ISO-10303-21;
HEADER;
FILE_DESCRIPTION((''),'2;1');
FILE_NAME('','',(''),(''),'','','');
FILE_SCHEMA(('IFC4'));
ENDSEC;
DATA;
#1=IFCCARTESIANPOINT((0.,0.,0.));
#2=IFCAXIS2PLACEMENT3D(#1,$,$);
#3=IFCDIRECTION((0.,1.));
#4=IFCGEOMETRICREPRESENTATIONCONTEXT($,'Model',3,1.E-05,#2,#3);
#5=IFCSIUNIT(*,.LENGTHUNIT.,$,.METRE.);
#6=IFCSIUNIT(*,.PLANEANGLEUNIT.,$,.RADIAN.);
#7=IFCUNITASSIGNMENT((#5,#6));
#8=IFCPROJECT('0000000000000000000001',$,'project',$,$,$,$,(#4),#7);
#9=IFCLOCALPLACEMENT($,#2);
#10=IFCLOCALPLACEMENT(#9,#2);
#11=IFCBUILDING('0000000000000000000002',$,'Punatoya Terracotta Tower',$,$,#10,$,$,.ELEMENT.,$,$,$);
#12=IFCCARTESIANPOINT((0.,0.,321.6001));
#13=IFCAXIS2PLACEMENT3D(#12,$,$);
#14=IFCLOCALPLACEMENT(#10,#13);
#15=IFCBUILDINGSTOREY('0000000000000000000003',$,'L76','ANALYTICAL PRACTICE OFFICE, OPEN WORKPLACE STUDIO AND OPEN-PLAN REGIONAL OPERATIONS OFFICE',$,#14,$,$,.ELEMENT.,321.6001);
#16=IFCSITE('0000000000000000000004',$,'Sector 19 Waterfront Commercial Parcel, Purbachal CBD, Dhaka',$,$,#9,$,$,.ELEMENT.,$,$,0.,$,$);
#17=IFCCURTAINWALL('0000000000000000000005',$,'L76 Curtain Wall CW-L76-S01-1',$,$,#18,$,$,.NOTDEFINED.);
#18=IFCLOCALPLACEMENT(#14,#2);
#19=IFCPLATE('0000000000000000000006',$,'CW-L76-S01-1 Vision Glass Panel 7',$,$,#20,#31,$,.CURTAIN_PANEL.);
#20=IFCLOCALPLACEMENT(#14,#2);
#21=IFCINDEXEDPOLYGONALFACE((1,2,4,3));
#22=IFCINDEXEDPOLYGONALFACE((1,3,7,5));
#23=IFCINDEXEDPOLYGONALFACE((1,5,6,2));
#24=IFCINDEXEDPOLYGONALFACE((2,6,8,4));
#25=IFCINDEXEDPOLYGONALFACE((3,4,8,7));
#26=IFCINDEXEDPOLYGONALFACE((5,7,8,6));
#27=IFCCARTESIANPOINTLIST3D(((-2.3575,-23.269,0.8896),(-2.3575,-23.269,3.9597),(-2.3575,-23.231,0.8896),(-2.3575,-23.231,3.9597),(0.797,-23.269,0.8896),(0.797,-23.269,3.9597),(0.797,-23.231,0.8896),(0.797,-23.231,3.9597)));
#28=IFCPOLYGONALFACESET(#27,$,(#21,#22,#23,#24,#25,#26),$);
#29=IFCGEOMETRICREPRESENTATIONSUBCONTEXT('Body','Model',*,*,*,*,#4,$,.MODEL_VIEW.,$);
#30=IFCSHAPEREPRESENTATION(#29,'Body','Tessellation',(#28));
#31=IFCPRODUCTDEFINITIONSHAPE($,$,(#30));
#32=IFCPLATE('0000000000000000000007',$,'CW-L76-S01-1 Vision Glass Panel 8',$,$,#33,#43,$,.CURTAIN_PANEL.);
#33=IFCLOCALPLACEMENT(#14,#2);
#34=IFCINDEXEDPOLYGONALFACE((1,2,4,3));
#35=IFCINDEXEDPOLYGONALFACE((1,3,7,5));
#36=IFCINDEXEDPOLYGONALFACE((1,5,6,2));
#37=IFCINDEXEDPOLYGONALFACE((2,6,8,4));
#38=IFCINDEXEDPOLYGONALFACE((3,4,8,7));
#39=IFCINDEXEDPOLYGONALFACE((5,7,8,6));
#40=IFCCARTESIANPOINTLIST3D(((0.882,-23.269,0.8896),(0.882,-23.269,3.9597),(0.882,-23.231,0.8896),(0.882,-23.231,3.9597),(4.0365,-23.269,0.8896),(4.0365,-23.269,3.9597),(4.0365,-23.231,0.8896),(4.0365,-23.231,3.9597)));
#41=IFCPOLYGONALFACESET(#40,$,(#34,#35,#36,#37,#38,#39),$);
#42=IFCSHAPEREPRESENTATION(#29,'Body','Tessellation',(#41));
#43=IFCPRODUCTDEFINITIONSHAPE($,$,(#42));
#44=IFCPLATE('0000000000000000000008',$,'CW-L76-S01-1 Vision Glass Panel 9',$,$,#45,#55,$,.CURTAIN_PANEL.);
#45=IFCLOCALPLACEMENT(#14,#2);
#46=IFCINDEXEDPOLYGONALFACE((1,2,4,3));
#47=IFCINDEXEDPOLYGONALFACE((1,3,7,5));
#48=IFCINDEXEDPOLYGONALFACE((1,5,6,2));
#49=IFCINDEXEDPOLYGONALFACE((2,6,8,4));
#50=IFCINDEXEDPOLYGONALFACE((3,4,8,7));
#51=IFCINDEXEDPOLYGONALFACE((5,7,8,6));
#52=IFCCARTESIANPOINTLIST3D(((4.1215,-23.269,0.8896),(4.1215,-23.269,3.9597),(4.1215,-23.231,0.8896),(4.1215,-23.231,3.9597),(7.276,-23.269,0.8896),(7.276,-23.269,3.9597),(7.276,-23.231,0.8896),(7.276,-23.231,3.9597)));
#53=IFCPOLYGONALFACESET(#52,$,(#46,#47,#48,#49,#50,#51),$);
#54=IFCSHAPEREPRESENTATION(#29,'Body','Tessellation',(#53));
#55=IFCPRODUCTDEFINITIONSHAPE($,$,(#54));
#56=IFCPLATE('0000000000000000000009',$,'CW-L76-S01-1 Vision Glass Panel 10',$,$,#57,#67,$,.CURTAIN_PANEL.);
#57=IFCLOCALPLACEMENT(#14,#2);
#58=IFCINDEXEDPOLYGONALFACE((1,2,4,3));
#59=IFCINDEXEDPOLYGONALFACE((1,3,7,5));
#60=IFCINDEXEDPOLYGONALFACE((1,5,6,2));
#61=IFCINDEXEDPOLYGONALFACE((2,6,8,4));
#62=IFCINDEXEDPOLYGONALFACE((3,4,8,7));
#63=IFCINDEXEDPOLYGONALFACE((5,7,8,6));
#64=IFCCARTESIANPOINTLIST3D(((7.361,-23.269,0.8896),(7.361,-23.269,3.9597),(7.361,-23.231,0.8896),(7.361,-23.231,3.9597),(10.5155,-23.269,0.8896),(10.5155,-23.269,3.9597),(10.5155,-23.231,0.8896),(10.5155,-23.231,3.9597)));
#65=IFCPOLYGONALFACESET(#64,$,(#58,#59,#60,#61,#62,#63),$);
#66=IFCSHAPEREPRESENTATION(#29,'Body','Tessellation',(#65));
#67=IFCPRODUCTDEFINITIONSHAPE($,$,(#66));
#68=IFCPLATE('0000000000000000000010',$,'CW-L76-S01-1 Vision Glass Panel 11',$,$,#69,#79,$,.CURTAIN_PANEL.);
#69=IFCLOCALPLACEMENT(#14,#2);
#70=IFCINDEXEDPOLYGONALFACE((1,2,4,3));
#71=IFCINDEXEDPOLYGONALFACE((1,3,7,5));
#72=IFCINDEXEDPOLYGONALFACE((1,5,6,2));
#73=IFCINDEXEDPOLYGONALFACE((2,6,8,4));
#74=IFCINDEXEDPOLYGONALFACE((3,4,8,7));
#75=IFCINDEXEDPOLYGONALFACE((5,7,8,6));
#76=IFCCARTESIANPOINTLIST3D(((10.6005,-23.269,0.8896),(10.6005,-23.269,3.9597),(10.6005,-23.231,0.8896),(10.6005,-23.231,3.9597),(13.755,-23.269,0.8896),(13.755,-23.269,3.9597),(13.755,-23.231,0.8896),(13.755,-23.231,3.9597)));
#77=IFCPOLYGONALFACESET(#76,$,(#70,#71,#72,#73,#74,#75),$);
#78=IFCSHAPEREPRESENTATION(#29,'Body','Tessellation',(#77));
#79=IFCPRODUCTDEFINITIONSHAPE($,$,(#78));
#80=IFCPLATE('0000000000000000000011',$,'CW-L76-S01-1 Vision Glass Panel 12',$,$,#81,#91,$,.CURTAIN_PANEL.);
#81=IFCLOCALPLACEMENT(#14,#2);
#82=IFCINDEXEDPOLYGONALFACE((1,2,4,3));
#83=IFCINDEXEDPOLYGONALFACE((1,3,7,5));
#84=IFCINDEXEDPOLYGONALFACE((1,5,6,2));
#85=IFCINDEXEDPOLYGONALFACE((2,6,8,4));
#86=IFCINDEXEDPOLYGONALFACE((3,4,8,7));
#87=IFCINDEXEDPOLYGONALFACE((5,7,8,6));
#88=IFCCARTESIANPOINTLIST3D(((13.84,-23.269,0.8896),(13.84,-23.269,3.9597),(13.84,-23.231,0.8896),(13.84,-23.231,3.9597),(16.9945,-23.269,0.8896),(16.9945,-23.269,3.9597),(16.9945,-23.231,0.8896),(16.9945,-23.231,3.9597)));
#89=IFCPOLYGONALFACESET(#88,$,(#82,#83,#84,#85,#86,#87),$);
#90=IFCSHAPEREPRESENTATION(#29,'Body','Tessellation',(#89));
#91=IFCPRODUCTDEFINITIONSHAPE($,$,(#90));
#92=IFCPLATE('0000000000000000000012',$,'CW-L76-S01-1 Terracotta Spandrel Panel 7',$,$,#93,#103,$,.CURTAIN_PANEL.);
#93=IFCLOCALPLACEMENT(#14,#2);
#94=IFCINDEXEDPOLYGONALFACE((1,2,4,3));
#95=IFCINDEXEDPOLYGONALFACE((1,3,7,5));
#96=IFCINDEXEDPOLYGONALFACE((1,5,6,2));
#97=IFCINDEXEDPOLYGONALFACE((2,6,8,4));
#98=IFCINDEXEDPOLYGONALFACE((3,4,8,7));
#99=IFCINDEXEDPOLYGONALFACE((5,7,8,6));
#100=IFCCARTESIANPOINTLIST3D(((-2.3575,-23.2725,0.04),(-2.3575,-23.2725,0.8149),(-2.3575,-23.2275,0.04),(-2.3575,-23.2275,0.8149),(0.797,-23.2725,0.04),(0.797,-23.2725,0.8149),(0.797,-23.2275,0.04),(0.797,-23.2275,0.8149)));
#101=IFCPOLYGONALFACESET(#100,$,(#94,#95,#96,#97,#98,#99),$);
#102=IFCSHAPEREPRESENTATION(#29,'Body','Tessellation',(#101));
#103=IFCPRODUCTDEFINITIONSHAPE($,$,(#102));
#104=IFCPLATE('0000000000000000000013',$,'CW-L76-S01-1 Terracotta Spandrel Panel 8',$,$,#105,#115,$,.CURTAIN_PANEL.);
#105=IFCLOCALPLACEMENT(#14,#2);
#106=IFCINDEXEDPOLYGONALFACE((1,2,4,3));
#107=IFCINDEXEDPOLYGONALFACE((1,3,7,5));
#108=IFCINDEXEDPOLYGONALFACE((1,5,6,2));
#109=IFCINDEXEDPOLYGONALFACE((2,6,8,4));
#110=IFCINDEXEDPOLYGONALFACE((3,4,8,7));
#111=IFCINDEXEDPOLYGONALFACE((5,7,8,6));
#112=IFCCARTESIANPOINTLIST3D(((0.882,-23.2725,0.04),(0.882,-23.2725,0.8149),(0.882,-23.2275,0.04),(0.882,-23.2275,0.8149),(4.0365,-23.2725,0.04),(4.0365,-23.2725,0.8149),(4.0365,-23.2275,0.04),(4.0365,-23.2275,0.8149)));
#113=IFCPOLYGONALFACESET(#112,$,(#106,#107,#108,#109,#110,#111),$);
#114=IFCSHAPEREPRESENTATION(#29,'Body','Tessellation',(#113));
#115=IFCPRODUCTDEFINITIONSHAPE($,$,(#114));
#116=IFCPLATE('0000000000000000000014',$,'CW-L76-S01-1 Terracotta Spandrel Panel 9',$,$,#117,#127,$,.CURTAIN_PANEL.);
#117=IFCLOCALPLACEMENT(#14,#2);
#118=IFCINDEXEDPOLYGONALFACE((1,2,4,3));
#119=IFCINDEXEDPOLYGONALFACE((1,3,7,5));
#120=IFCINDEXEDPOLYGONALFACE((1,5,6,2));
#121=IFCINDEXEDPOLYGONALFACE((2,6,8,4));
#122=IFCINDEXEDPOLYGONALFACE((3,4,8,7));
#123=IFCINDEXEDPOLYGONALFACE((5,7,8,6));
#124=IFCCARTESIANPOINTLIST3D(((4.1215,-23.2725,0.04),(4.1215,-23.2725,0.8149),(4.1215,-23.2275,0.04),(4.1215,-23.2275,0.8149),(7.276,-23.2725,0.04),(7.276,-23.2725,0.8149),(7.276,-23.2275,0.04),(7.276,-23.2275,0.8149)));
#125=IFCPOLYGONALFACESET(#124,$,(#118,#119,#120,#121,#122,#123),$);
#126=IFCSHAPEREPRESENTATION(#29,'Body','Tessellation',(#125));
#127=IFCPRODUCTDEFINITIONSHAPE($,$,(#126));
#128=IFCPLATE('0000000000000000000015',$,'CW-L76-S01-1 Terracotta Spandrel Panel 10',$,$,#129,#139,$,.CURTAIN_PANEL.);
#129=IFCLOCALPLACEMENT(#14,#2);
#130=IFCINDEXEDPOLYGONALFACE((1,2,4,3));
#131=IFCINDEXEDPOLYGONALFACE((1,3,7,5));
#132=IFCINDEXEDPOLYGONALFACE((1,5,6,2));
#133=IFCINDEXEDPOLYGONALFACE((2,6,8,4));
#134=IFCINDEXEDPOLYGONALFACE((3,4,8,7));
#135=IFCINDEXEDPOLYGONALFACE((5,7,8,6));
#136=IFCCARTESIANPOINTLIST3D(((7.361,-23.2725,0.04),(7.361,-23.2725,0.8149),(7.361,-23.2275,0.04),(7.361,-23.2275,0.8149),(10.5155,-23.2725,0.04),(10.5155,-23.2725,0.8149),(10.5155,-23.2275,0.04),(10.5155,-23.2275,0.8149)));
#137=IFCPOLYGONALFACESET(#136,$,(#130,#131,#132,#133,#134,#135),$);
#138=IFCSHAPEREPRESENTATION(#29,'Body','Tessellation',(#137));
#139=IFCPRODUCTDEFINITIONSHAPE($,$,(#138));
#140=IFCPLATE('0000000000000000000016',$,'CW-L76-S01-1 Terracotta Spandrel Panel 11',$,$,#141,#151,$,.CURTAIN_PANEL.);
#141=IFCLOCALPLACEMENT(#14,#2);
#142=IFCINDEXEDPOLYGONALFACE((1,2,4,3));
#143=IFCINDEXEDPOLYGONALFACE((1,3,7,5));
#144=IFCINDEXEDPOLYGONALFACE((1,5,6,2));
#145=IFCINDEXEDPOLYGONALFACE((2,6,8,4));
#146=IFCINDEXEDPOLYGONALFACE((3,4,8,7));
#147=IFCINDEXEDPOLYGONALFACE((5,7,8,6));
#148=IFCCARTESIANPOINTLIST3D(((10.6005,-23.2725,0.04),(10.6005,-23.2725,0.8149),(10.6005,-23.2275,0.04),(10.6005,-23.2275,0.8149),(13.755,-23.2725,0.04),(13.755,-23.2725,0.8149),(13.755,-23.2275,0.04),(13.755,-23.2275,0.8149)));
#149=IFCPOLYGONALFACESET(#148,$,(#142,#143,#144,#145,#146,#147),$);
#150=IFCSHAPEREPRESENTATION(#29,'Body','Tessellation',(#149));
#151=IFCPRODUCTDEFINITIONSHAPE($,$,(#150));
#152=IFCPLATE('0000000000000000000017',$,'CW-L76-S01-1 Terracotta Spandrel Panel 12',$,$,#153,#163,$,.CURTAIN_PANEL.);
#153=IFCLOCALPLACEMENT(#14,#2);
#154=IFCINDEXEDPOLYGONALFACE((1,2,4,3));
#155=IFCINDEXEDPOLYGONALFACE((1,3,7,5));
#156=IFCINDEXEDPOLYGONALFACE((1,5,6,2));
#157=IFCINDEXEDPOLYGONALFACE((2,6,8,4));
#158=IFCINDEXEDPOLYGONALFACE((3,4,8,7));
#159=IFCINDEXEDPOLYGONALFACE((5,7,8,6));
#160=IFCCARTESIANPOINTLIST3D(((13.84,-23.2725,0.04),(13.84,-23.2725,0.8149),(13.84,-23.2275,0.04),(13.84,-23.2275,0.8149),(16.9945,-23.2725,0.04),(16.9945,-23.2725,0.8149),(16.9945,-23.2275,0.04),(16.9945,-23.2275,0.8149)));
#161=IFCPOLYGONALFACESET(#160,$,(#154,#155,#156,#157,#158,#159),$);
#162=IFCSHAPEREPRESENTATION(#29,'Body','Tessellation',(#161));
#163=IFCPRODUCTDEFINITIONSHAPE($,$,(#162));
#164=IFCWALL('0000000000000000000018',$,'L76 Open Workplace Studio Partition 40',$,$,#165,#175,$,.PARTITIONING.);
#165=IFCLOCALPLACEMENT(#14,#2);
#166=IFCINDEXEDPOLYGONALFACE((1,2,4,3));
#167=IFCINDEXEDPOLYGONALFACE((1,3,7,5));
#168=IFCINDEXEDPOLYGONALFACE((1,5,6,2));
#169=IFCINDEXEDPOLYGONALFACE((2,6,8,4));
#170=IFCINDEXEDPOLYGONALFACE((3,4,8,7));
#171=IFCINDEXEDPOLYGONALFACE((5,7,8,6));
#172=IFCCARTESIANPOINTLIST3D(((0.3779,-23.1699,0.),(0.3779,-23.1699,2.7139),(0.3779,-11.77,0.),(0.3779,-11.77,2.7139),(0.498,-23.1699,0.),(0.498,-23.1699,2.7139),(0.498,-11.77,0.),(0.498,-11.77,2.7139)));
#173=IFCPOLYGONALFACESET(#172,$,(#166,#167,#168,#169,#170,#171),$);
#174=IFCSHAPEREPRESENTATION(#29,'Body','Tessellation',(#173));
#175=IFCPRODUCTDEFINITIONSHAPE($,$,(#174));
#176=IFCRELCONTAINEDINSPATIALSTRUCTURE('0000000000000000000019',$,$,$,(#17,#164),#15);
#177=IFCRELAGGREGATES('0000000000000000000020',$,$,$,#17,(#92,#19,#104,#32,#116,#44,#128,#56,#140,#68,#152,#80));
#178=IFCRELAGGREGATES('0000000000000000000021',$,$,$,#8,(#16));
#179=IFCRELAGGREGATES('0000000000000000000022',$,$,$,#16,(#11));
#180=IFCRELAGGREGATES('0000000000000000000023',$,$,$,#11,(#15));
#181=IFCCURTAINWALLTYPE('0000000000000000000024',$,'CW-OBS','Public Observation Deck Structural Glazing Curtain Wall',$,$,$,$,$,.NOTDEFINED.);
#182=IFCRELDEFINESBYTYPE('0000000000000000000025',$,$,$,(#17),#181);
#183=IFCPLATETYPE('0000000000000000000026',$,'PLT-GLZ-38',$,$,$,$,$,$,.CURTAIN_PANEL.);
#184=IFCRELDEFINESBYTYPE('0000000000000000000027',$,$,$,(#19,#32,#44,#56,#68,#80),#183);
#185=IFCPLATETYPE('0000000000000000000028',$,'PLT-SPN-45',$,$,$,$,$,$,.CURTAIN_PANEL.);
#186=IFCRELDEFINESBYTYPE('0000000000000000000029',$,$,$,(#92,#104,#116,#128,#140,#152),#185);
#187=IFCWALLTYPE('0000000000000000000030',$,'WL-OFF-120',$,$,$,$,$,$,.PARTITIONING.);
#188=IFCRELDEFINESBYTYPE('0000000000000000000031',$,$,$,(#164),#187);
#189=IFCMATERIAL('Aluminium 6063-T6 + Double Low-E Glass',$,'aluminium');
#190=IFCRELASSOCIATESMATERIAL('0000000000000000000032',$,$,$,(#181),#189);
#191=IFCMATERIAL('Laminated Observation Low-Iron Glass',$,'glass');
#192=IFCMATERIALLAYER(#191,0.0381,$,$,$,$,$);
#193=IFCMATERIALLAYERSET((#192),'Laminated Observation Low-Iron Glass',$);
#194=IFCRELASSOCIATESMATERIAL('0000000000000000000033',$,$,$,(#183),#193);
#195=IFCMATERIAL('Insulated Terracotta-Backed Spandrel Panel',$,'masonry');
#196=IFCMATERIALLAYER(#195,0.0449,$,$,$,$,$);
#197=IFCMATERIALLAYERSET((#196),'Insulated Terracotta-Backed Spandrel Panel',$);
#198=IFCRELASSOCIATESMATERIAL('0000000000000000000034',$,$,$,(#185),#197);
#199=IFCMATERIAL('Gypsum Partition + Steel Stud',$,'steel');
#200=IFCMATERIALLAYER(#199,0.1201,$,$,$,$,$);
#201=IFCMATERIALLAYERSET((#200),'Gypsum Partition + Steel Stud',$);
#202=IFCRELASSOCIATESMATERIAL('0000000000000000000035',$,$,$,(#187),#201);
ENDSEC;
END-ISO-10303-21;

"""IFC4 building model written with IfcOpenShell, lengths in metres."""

from ifc_helpers import new_model, si_unit, direction, frame, frame_2d, origin, origin_2d, place, context, subcontext, project, spatial, rectangle, extrude, material, layer, layer_set, type_object, element, aggregate, save


model = new_model("IFC4")

# Units and contexts
model_context = context("Model", 3, precision=1e-05, world=origin(), true_north=direction((0.0, 1.0)))
body_context = subcontext(model_context, "Body", "Model", "MODEL_VIEW")
ifc_project = project(units=[si_unit("LENGTHUNIT", "METRE"), si_unit("PLANEANGLEUNIT", "RADIAN")], contexts=[model_context])

# Site, building, storey
site_placement = place(None, origin())
site = spatial("IfcSite", under=ifc_project, at=site_placement, Name="Sector 19 Waterfront Commercial Parcel, Purbachal CBD, Dhaka", CompositionType="ELEMENT", RefElevation=0.0)
building_placement = place(site_placement, origin())
building = spatial("IfcBuilding", under=site, at=building_placement, Name="Punatoya Terracotta Tower", CompositionType="ELEMENT")
storey_placement = place(building_placement, frame((0.0, 0.0, 321.6001)))
storey = spatial("IfcBuildingStorey", under=building, at=storey_placement, Name="L76", Description="ANALYTICAL PRACTICE OFFICE, OPEN WORKPLACE STUDIO AND OPEN-PLAN REGIONAL OPERATIONS OFFICE", CompositionType="ELEMENT", Elevation=321.6001)

# Curtain wall
ifc_material_1 = material(Name="Aluminium 6063-T6 + Double Low-E Glass", Category="aluminium")
curtain_wall_type = type_object("IfcCurtainWallType", Name="CW-OBS", Description="Public Observation Deck Structural Glazing Curtain Wall", PredefinedType="NOTDEFINED", material=ifc_material_1)
curtain_wall_1_placement = place(storey_placement, origin())
curtain_wall_1 = element("IfcCurtainWall", 1, at=curtain_wall_1_placement, inside=storey, type_object=curtain_wall_type, Name="L76 Curtain Wall CW-L76-S01-1", PredefinedType="NOTDEFINED")

# Plates
ifc_material_2 = material(Name="Laminated Observation Low-Iron Glass", Category="glass")
ifc_layer_1 = layer(ifc_material_2, 0.0381)
ifc_layer_set_1 = layer_set([ifc_layer_1], Name="Laminated Observation Low-Iron Glass")
plate_type_1 = type_object("IfcPlateType", Name="PLT-GLZ-38", PredefinedType="CURTAIN_PANEL", material=ifc_layer_set_1)
plate_1_placement = place(storey_placement, frame((-0.7803, -23.25, 0.8896), z_axis=(0.0, 0.0, 1.0), x_axis=(1.0, 0.0, 0.0)))
plate_1 = element("IfcPlate", 2, at=plate_1_placement, type_object=plate_type_1, Name="CW-L76-S01-1 Vision Glass Panel 7", PredefinedType="CURTAIN_PANEL", context=body_context, shape_type="SweptSolid", body=[
    extrude(rectangle(XDim=3.1545, YDim=0.0381, at=origin_2d()), origin(), (0.0, 0.0, 1.0), 3.0701),
])
plate_2_placement = place(storey_placement, frame((2.4592, -23.25, 0.8896), z_axis=(0.0, 0.0, 1.0), x_axis=(1.0, 0.0, 0.0)))
plate_2 = element("IfcPlate", 3, at=plate_2_placement, type_object=plate_type_1, Name="CW-L76-S01-1 Vision Glass Panel 8", PredefinedType="CURTAIN_PANEL", context=body_context, shape_type="SweptSolid", body=[
    extrude(rectangle(XDim=3.1545, YDim=0.0381, at=origin_2d()), origin(), (0.0, 0.0, 1.0), 3.0701),
])
plate_3_placement = place(storey_placement, frame((5.6987, -23.25, 0.8896), z_axis=(0.0, 0.0, 1.0), x_axis=(1.0, 0.0, 0.0)))
plate_3 = element("IfcPlate", 4, at=plate_3_placement, type_object=plate_type_1, Name="CW-L76-S01-1 Vision Glass Panel 9", PredefinedType="CURTAIN_PANEL", context=body_context, shape_type="SweptSolid", body=[
    extrude(rectangle(XDim=3.1545, YDim=0.0381, at=origin_2d()), origin(), (0.0, 0.0, 1.0), 3.0701),
])
plate_4_placement = place(storey_placement, frame((8.9382, -23.25, 0.8896), z_axis=(0.0, 0.0, 1.0), x_axis=(1.0, 0.0, 0.0)))
plate_4 = element("IfcPlate", 5, at=plate_4_placement, type_object=plate_type_1, Name="CW-L76-S01-1 Vision Glass Panel 10", PredefinedType="CURTAIN_PANEL", context=body_context, shape_type="SweptSolid", body=[
    extrude(rectangle(XDim=3.1545, YDim=0.0381, at=origin_2d()), origin(), (0.0, 0.0, 1.0), 3.0701),
])
plate_5_placement = place(storey_placement, frame((12.1777, -23.25, 0.8896), z_axis=(0.0, 0.0, 1.0), x_axis=(1.0, 0.0, 0.0)))
plate_5 = element("IfcPlate", 6, at=plate_5_placement, type_object=plate_type_1, Name="CW-L76-S01-1 Vision Glass Panel 11", PredefinedType="CURTAIN_PANEL", context=body_context, shape_type="SweptSolid", body=[
    extrude(rectangle(XDim=3.1545, YDim=0.0381, at=origin_2d()), origin(), (0.0, 0.0, 1.0), 3.0701),
])
plate_6_placement = place(storey_placement, frame((15.4172, -23.25, 0.8896), z_axis=(0.0, 0.0, 1.0), x_axis=(1.0, 0.0, 0.0)))
plate_6 = element("IfcPlate", 7, at=plate_6_placement, type_object=plate_type_1, Name="CW-L76-S01-1 Vision Glass Panel 12", PredefinedType="CURTAIN_PANEL", context=body_context, shape_type="SweptSolid", body=[
    extrude(rectangle(XDim=3.1545, YDim=0.0381, at=origin_2d()), origin(), (0.0, 0.0, 1.0), 3.0701),
])
ifc_material_3 = material(Name="Insulated Terracotta-Backed Spandrel Panel", Category="masonry")
ifc_layer_2 = layer(ifc_material_3, 0.0449)
ifc_layer_set_2 = layer_set([ifc_layer_2], Name="Insulated Terracotta-Backed Spandrel Panel")
plate_type_2 = type_object("IfcPlateType", Name="PLT-SPN-45", PredefinedType="CURTAIN_PANEL", material=ifc_layer_set_2)
plate_7_placement = place(storey_placement, frame((-0.7803, -23.25, 0.04), z_axis=(0.0, 0.0, 1.0), x_axis=(1.0, 0.0, 0.0)))
plate_7 = element("IfcPlate", 8, at=plate_7_placement, type_object=plate_type_2, Name="CW-L76-S01-1 Terracotta Spandrel Panel 7", PredefinedType="CURTAIN_PANEL", context=body_context, shape_type="SweptSolid", body=[
    extrude(rectangle(XDim=3.1545, YDim=0.0449, at=origin_2d()), origin(), (0.0, 0.0, 1.0), 0.7749),
])
plate_8_placement = place(storey_placement, frame((2.4592, -23.25, 0.04), z_axis=(0.0, 0.0, 1.0), x_axis=(1.0, 0.0, 0.0)))
plate_8 = element("IfcPlate", 9, at=plate_8_placement, type_object=plate_type_2, Name="CW-L76-S01-1 Terracotta Spandrel Panel 8", PredefinedType="CURTAIN_PANEL", context=body_context, shape_type="SweptSolid", body=[
    extrude(rectangle(XDim=3.1545, YDim=0.0449, at=origin_2d()), origin(), (0.0, 0.0, 1.0), 0.7749),
])
plate_9_placement = place(storey_placement, frame((5.6987, -23.25, 0.04), z_axis=(0.0, 0.0, 1.0), x_axis=(1.0, 0.0, 0.0)))
plate_9 = element("IfcPlate", 10, at=plate_9_placement, type_object=plate_type_2, Name="CW-L76-S01-1 Terracotta Spandrel Panel 9", PredefinedType="CURTAIN_PANEL", context=body_context, shape_type="SweptSolid", body=[
    extrude(rectangle(XDim=3.1545, YDim=0.0449, at=origin_2d()), origin(), (0.0, 0.0, 1.0), 0.7749),
])
plate_10_placement = place(storey_placement, frame((8.9382, -23.25, 0.04), z_axis=(0.0, 0.0, 1.0), x_axis=(1.0, 0.0, 0.0)))
plate_10 = element("IfcPlate", 11, at=plate_10_placement, type_object=plate_type_2, Name="CW-L76-S01-1 Terracotta Spandrel Panel 10", PredefinedType="CURTAIN_PANEL", context=body_context, shape_type="SweptSolid", body=[
    extrude(rectangle(XDim=3.1545, YDim=0.0449, at=origin_2d()), origin(), (0.0, 0.0, 1.0), 0.7749),
])
plate_11_placement = place(storey_placement, frame((12.1777, -23.25, 0.04), z_axis=(0.0, 0.0, 1.0), x_axis=(1.0, 0.0, 0.0)))
plate_11 = element("IfcPlate", 12, at=plate_11_placement, type_object=plate_type_2, Name="CW-L76-S01-1 Terracotta Spandrel Panel 11", PredefinedType="CURTAIN_PANEL", context=body_context, shape_type="SweptSolid", body=[
    extrude(rectangle(XDim=3.1545, YDim=0.0449, at=origin_2d()), origin(), (0.0, 0.0, 1.0), 0.7749),
])
plate_12_placement = place(storey_placement, frame((15.4172, -23.25, 0.04), z_axis=(0.0, 0.0, 1.0), x_axis=(1.0, 0.0, 0.0)))
plate_12 = element("IfcPlate", 13, at=plate_12_placement, type_object=plate_type_2, Name="CW-L76-S01-1 Terracotta Spandrel Panel 12", PredefinedType="CURTAIN_PANEL", context=body_context, shape_type="SweptSolid", body=[
    extrude(rectangle(XDim=3.1545, YDim=0.0449, at=origin_2d()), origin(), (0.0, 0.0, 1.0), 0.7749),
])
aggregate(curtain_wall_1, [plate_7, plate_1, plate_8, plate_2, plate_9, plate_3, plate_10, plate_4, plate_11, plate_5, plate_12, plate_6])

# Wall
ifc_material_4 = material(Name="Gypsum Partition + Steel Stud", Category="steel")
ifc_layer_3 = layer(ifc_material_4, 0.1201)
ifc_layer_set_3 = layer_set([ifc_layer_3], Name="Gypsum Partition + Steel Stud")
wall_type = type_object("IfcWallType", Name="WL-OFF-120", PredefinedType="PARTITIONING", material=ifc_layer_set_3)
wall_placement = place(storey_placement, frame((0.438, -23.1699, 0.0), z_axis=(0.0, 0.0, 1.0), x_axis=(0.0, 1.0, 0.0)))
element("IfcWall", 14, at=wall_placement, inside=storey, type_object=wall_type, Name="L76 Open Workplace Studio Partition 40", PredefinedType="PARTITIONING", context=body_context, shape_type="SweptSolid", body=[
    extrude(rectangle(XDim=11.3999, YDim=0.1201, at=frame_2d((5.7, 0.0))), origin(), (0.0, 0.0, 1.0), 2.7139),
])

save(model, "model.ifc")
